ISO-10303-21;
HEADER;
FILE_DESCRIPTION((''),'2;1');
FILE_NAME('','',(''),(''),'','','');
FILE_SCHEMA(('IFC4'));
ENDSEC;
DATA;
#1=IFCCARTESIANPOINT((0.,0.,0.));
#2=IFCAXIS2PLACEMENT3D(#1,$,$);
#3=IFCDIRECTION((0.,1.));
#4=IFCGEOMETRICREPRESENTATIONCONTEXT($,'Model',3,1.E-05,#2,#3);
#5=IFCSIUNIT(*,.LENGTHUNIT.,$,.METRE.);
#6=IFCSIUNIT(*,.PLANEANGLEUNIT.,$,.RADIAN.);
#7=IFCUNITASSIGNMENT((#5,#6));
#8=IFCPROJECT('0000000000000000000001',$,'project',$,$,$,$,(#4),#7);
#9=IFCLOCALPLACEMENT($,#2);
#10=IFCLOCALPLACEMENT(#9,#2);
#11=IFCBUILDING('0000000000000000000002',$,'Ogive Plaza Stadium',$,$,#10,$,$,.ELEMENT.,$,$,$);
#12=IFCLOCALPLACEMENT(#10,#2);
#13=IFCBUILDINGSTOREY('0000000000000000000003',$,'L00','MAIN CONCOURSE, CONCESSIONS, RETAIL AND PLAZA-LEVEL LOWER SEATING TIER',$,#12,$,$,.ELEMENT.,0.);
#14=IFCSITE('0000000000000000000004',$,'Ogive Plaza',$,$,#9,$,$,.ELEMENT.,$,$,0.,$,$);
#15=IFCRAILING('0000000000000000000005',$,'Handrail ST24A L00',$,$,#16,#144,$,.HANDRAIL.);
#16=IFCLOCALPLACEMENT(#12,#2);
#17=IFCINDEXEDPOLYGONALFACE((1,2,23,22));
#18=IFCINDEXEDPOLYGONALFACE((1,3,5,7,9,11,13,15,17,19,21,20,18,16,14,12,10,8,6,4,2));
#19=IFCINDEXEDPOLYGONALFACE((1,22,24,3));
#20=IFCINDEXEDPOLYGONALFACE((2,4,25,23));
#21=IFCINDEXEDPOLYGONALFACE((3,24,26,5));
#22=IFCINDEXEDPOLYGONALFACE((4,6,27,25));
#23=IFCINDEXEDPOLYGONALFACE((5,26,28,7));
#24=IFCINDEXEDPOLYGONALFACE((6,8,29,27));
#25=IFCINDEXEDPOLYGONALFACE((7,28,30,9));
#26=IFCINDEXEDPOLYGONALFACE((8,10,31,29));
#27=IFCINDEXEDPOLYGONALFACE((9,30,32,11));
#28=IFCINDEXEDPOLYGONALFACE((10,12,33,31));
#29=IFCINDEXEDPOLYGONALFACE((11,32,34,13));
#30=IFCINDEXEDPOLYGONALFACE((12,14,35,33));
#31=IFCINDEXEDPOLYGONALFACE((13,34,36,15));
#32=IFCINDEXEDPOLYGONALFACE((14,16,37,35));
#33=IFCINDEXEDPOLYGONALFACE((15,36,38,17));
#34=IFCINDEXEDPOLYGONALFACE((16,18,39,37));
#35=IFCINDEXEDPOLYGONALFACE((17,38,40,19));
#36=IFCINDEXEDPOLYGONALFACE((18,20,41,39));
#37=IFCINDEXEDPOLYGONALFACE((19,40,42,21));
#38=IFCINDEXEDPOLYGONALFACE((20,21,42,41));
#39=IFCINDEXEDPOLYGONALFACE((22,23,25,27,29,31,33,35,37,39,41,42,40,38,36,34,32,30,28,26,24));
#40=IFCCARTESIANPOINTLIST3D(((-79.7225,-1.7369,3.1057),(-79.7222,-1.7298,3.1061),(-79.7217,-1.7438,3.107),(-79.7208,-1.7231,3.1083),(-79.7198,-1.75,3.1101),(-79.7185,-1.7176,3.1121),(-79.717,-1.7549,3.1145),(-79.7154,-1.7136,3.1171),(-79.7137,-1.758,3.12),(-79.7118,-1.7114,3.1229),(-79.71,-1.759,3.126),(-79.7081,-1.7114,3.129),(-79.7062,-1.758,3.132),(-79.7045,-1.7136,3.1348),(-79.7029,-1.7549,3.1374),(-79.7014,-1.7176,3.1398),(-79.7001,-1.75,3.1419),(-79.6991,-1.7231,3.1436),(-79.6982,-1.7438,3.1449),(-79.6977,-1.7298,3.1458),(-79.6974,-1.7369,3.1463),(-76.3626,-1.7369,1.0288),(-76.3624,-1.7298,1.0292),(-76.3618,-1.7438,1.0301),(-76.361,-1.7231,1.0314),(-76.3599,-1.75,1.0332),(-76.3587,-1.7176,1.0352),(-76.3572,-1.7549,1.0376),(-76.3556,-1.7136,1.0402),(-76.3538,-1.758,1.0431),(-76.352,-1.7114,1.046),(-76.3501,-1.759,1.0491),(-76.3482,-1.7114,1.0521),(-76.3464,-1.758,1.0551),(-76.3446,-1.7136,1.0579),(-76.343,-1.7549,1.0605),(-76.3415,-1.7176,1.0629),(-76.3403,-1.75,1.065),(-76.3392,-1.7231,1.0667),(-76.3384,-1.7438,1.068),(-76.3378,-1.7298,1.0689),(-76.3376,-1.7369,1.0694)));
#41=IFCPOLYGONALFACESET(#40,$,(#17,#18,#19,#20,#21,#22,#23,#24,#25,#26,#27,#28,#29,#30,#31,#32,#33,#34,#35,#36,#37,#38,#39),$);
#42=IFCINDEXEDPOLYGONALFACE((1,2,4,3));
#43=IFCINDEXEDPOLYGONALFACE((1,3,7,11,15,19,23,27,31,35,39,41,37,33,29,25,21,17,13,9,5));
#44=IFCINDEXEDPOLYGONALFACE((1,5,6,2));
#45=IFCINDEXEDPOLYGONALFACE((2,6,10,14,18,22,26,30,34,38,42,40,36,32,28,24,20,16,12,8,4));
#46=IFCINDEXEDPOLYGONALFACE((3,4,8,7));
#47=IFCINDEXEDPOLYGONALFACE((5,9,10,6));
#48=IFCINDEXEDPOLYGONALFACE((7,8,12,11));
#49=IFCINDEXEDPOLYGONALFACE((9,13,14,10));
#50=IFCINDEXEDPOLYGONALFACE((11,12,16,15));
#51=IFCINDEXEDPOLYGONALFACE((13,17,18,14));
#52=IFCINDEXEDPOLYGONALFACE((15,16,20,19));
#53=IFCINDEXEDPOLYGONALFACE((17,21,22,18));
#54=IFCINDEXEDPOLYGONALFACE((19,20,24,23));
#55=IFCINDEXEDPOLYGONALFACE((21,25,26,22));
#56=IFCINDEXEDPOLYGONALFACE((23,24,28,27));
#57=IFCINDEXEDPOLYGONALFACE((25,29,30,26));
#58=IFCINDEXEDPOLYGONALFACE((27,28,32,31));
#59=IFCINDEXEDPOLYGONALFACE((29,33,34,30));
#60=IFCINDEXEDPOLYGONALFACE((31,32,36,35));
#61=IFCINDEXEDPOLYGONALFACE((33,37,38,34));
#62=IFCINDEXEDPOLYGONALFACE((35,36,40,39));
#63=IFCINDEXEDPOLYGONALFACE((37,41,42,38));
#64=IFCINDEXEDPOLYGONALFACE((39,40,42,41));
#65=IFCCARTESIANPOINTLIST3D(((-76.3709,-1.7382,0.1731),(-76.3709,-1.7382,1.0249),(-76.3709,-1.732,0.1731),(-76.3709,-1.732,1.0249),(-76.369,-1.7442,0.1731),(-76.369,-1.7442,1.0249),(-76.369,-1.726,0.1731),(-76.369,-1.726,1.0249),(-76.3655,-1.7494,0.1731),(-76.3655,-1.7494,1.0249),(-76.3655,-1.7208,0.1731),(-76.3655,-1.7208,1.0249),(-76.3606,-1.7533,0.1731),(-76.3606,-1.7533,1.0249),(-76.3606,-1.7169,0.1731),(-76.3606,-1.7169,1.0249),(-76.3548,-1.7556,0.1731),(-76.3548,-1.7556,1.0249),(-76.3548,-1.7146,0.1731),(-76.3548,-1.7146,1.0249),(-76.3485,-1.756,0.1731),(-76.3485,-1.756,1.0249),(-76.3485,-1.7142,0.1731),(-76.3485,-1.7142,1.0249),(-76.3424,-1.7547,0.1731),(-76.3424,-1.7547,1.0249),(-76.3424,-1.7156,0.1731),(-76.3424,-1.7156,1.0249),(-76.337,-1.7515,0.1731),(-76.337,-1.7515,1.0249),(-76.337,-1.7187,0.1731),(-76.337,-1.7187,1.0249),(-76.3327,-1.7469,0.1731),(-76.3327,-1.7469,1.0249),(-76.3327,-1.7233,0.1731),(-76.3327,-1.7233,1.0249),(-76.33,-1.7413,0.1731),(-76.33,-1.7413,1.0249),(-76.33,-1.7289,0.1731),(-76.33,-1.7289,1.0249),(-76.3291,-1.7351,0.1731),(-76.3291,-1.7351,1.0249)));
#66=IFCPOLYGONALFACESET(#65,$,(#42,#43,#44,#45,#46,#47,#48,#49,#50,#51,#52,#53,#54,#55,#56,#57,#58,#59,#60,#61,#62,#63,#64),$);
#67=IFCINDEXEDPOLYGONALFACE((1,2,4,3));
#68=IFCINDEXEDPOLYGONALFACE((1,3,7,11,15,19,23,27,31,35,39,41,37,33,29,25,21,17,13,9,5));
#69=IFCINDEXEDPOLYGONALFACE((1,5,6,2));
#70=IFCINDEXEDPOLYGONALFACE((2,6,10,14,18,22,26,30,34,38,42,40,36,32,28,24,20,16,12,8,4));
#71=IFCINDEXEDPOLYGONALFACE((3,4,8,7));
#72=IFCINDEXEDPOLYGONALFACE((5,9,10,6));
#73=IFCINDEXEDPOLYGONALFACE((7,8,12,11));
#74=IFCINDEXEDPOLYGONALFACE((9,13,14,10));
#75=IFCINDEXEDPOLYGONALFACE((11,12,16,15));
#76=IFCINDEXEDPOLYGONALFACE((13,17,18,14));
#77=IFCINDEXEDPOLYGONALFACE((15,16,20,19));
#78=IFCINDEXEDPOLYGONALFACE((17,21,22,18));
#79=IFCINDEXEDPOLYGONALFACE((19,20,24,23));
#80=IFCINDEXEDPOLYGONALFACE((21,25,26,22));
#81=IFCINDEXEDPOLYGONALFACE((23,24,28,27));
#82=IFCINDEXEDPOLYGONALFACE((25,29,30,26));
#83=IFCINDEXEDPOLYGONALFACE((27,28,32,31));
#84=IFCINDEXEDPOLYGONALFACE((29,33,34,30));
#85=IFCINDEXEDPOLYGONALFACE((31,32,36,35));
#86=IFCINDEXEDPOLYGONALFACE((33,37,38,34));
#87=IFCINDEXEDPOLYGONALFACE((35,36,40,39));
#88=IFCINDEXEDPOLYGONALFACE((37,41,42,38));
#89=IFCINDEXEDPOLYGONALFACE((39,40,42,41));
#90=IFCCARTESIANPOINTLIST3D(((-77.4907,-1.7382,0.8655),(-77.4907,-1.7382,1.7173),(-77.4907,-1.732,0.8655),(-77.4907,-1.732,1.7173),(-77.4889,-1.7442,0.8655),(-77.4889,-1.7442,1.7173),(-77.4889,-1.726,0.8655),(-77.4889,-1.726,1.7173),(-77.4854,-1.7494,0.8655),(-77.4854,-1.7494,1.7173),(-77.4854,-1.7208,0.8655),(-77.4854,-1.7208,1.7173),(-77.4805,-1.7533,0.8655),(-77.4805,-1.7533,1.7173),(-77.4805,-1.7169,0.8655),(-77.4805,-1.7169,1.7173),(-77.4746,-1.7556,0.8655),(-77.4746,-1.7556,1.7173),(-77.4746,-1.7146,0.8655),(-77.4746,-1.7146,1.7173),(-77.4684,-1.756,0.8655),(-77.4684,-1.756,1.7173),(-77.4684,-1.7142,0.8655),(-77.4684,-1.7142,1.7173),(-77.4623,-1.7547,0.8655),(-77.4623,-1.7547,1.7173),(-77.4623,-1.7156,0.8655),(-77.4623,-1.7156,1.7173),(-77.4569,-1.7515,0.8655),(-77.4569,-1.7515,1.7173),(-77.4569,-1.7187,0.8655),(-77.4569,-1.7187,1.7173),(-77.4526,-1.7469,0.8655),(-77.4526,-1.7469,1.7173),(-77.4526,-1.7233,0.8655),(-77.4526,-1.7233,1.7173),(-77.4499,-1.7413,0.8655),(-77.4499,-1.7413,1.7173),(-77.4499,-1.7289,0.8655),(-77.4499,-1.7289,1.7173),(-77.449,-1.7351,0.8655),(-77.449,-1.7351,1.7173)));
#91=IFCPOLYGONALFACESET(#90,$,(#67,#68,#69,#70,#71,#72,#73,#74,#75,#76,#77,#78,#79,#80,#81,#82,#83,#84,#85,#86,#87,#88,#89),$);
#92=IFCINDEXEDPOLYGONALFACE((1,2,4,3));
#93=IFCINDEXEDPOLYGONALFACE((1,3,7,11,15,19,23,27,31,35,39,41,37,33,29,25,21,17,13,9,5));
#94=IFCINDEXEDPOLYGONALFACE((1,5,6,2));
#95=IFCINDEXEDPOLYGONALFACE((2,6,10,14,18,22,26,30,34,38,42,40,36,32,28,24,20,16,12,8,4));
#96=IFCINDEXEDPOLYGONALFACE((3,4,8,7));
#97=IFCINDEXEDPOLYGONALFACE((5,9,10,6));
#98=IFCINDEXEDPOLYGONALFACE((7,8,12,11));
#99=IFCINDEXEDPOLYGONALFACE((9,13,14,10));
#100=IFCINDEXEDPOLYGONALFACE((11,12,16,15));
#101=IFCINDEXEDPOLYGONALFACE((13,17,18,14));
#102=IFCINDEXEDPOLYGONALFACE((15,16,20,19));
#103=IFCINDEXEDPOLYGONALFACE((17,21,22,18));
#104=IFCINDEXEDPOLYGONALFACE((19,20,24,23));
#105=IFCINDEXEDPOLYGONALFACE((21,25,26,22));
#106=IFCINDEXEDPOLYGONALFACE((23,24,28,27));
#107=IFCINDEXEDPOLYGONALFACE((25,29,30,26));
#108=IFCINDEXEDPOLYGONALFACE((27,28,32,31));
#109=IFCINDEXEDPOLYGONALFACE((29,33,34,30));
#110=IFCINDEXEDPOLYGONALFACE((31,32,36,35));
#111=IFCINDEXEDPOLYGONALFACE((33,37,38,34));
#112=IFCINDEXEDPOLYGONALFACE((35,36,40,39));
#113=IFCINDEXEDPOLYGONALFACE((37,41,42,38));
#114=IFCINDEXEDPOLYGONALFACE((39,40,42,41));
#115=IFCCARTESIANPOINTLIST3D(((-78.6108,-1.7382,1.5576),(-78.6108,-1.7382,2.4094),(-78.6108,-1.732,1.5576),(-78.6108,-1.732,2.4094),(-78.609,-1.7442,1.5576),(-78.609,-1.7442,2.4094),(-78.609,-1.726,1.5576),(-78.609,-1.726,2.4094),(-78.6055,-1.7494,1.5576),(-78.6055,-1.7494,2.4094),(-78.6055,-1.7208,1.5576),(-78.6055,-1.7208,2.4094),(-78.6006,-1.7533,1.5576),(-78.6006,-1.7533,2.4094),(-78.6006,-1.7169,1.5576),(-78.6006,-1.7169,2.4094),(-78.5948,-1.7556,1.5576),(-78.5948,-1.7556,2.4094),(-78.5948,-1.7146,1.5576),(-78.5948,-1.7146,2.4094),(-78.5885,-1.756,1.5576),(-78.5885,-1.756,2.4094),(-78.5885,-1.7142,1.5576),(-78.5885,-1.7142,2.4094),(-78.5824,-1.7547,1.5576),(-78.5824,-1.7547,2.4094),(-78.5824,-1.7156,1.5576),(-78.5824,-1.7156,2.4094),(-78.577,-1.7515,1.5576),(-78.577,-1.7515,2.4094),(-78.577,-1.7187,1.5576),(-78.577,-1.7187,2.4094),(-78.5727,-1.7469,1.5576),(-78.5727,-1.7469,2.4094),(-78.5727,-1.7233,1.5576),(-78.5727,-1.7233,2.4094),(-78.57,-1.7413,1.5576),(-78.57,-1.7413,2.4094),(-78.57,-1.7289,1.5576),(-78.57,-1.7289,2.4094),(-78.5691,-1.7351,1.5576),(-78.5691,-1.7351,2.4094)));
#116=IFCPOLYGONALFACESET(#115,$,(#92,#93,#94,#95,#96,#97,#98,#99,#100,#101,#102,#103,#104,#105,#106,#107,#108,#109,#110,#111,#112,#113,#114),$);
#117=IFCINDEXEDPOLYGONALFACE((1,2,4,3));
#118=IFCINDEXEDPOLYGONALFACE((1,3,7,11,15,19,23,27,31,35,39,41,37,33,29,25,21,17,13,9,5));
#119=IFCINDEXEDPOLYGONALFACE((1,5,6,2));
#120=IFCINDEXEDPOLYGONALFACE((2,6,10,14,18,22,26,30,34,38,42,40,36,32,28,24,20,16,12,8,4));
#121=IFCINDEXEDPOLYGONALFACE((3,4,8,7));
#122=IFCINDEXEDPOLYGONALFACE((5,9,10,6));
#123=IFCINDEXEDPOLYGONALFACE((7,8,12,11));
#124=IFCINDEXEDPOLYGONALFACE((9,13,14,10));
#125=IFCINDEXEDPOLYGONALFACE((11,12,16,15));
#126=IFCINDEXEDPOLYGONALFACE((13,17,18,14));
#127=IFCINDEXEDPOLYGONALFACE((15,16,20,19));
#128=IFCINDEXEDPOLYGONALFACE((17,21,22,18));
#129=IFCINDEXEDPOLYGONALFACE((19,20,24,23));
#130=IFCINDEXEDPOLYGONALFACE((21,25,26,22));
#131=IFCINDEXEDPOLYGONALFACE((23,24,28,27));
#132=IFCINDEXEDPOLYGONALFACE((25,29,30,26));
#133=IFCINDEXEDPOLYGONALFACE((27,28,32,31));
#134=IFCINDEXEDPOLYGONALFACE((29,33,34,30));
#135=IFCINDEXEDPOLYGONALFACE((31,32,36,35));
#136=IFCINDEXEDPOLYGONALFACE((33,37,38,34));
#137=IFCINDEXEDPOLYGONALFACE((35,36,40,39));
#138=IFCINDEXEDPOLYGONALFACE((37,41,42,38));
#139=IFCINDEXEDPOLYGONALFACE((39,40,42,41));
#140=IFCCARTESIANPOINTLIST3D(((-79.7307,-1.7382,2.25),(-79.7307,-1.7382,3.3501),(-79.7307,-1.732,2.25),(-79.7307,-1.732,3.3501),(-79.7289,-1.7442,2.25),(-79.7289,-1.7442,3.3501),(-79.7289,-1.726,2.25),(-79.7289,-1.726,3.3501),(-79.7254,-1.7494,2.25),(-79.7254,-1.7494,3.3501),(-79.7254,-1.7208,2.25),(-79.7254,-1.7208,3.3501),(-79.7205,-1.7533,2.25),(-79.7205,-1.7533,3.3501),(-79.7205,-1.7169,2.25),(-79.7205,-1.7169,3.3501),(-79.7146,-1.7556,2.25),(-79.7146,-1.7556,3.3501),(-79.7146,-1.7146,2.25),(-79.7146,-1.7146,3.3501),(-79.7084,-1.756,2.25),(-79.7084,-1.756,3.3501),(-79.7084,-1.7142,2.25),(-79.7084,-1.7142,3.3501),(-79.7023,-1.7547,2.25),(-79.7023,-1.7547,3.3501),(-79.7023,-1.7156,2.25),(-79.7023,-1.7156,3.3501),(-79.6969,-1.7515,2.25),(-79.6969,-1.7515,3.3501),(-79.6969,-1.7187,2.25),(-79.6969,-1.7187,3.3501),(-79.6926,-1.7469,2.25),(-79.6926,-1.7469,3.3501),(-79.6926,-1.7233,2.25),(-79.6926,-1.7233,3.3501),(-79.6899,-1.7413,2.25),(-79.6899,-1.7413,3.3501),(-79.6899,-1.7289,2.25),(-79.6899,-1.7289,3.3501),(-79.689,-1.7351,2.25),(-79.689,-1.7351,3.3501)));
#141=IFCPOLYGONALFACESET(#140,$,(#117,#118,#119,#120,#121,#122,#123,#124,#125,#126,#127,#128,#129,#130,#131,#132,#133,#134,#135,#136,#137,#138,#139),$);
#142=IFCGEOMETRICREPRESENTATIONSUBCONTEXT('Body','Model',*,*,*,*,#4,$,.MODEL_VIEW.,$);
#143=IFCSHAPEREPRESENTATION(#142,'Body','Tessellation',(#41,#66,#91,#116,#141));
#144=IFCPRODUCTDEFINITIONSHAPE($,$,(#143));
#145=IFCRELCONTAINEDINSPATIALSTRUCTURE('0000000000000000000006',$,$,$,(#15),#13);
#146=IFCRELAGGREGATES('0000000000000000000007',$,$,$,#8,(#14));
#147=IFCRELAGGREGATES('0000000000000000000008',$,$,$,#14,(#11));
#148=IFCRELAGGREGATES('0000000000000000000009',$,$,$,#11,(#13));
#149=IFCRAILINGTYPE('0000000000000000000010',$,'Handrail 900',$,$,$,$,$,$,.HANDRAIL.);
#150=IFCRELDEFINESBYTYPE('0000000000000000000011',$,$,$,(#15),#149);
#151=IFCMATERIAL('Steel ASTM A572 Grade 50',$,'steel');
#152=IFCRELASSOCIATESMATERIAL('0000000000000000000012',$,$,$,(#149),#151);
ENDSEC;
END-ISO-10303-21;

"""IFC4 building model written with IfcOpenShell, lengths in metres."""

from ifc_helpers import new_model, si_unit, direction, frame, origin, origin_2d, place, context, subcontext, project, spatial, circle, extrude, material, type_object, element, save


model = new_model("IFC4")

# Units and contexts
model_context = context("Model", 3, precision=1e-05, world=origin(), true_north=direction((0.0, 1.0)))
body_context = subcontext(model_context, "Body", "Model", "MODEL_VIEW")
ifc_project = project(units=[si_unit("LENGTHUNIT", "METRE"), si_unit("PLANEANGLEUNIT", "RADIAN")], contexts=[model_context])

# Site, building, storey
site_placement = place(None, origin())
site = spatial("IfcSite", under=ifc_project, at=site_placement, Name="Ogive Plaza", CompositionType="ELEMENT", RefElevation=0.0)
building_placement = place(site_placement, origin())
building = spatial("IfcBuilding", under=site, at=building_placement, Name="Ogive Plaza Stadium", CompositionType="ELEMENT")
storey_placement = place(building_placement, origin())
storey = spatial("IfcBuildingStorey", under=building, at=storey_placement, Name="L00", Description="MAIN CONCOURSE, CONCESSIONS, RETAIL AND PLAZA-LEVEL LOWER SEATING TIER", CompositionType="ELEMENT", Elevation=0.0)

# Railing
ifc_material_1 = material(Name="Steel ASTM A572 Grade 50", Category="steel")
railing_type_1 = type_object("IfcRailingType", Name="Handrail 900", PredefinedType="HANDRAIL", material=ifc_material_1)
for number, where, name in (
    (1, (-76.3501, -1.7351, 0.1731), "Handrail ST24A L00"),
):
    element("IfcRailing", number, at=place(storey_placement, frame(where)), inside=storey, type_object=railing_type_1, Name=name, PredefinedType="HANDRAIL", context=body_context, shape_type="SweptSolid", body=[
        extrude(circle(Radius=0.0239, at=origin_2d()), frame((0.0, 0.0, 0.876), z_axis=(-0.850606, 0.0, 0.525803), x_axis=(0.0, -1.0, 0.0)), (0.0, 0.0, 1.0), 3.95),
        extrude(circle(Radius=0.021, at=origin_2d()), origin(), (0.0, 0.0, 1.0), 0.8518),
        extrude(circle(Radius=0.021, at=origin_2d()), frame((-1.1199, 0.0, 0.6924)), (0.0, 0.0, 1.0), 0.8518),
        extrude(circle(Radius=0.021, at=origin_2d()), frame((-2.24, 0.0, 1.3845)), (0.0, 0.0, 1.0), 0.8518),
        extrude(circle(Radius=0.021, at=origin_2d()), frame((-3.3599, 0.0, 2.0769)), (0.0, 0.0, 1.0), 1.1001),
    ])

save(model, "model.ifc")
